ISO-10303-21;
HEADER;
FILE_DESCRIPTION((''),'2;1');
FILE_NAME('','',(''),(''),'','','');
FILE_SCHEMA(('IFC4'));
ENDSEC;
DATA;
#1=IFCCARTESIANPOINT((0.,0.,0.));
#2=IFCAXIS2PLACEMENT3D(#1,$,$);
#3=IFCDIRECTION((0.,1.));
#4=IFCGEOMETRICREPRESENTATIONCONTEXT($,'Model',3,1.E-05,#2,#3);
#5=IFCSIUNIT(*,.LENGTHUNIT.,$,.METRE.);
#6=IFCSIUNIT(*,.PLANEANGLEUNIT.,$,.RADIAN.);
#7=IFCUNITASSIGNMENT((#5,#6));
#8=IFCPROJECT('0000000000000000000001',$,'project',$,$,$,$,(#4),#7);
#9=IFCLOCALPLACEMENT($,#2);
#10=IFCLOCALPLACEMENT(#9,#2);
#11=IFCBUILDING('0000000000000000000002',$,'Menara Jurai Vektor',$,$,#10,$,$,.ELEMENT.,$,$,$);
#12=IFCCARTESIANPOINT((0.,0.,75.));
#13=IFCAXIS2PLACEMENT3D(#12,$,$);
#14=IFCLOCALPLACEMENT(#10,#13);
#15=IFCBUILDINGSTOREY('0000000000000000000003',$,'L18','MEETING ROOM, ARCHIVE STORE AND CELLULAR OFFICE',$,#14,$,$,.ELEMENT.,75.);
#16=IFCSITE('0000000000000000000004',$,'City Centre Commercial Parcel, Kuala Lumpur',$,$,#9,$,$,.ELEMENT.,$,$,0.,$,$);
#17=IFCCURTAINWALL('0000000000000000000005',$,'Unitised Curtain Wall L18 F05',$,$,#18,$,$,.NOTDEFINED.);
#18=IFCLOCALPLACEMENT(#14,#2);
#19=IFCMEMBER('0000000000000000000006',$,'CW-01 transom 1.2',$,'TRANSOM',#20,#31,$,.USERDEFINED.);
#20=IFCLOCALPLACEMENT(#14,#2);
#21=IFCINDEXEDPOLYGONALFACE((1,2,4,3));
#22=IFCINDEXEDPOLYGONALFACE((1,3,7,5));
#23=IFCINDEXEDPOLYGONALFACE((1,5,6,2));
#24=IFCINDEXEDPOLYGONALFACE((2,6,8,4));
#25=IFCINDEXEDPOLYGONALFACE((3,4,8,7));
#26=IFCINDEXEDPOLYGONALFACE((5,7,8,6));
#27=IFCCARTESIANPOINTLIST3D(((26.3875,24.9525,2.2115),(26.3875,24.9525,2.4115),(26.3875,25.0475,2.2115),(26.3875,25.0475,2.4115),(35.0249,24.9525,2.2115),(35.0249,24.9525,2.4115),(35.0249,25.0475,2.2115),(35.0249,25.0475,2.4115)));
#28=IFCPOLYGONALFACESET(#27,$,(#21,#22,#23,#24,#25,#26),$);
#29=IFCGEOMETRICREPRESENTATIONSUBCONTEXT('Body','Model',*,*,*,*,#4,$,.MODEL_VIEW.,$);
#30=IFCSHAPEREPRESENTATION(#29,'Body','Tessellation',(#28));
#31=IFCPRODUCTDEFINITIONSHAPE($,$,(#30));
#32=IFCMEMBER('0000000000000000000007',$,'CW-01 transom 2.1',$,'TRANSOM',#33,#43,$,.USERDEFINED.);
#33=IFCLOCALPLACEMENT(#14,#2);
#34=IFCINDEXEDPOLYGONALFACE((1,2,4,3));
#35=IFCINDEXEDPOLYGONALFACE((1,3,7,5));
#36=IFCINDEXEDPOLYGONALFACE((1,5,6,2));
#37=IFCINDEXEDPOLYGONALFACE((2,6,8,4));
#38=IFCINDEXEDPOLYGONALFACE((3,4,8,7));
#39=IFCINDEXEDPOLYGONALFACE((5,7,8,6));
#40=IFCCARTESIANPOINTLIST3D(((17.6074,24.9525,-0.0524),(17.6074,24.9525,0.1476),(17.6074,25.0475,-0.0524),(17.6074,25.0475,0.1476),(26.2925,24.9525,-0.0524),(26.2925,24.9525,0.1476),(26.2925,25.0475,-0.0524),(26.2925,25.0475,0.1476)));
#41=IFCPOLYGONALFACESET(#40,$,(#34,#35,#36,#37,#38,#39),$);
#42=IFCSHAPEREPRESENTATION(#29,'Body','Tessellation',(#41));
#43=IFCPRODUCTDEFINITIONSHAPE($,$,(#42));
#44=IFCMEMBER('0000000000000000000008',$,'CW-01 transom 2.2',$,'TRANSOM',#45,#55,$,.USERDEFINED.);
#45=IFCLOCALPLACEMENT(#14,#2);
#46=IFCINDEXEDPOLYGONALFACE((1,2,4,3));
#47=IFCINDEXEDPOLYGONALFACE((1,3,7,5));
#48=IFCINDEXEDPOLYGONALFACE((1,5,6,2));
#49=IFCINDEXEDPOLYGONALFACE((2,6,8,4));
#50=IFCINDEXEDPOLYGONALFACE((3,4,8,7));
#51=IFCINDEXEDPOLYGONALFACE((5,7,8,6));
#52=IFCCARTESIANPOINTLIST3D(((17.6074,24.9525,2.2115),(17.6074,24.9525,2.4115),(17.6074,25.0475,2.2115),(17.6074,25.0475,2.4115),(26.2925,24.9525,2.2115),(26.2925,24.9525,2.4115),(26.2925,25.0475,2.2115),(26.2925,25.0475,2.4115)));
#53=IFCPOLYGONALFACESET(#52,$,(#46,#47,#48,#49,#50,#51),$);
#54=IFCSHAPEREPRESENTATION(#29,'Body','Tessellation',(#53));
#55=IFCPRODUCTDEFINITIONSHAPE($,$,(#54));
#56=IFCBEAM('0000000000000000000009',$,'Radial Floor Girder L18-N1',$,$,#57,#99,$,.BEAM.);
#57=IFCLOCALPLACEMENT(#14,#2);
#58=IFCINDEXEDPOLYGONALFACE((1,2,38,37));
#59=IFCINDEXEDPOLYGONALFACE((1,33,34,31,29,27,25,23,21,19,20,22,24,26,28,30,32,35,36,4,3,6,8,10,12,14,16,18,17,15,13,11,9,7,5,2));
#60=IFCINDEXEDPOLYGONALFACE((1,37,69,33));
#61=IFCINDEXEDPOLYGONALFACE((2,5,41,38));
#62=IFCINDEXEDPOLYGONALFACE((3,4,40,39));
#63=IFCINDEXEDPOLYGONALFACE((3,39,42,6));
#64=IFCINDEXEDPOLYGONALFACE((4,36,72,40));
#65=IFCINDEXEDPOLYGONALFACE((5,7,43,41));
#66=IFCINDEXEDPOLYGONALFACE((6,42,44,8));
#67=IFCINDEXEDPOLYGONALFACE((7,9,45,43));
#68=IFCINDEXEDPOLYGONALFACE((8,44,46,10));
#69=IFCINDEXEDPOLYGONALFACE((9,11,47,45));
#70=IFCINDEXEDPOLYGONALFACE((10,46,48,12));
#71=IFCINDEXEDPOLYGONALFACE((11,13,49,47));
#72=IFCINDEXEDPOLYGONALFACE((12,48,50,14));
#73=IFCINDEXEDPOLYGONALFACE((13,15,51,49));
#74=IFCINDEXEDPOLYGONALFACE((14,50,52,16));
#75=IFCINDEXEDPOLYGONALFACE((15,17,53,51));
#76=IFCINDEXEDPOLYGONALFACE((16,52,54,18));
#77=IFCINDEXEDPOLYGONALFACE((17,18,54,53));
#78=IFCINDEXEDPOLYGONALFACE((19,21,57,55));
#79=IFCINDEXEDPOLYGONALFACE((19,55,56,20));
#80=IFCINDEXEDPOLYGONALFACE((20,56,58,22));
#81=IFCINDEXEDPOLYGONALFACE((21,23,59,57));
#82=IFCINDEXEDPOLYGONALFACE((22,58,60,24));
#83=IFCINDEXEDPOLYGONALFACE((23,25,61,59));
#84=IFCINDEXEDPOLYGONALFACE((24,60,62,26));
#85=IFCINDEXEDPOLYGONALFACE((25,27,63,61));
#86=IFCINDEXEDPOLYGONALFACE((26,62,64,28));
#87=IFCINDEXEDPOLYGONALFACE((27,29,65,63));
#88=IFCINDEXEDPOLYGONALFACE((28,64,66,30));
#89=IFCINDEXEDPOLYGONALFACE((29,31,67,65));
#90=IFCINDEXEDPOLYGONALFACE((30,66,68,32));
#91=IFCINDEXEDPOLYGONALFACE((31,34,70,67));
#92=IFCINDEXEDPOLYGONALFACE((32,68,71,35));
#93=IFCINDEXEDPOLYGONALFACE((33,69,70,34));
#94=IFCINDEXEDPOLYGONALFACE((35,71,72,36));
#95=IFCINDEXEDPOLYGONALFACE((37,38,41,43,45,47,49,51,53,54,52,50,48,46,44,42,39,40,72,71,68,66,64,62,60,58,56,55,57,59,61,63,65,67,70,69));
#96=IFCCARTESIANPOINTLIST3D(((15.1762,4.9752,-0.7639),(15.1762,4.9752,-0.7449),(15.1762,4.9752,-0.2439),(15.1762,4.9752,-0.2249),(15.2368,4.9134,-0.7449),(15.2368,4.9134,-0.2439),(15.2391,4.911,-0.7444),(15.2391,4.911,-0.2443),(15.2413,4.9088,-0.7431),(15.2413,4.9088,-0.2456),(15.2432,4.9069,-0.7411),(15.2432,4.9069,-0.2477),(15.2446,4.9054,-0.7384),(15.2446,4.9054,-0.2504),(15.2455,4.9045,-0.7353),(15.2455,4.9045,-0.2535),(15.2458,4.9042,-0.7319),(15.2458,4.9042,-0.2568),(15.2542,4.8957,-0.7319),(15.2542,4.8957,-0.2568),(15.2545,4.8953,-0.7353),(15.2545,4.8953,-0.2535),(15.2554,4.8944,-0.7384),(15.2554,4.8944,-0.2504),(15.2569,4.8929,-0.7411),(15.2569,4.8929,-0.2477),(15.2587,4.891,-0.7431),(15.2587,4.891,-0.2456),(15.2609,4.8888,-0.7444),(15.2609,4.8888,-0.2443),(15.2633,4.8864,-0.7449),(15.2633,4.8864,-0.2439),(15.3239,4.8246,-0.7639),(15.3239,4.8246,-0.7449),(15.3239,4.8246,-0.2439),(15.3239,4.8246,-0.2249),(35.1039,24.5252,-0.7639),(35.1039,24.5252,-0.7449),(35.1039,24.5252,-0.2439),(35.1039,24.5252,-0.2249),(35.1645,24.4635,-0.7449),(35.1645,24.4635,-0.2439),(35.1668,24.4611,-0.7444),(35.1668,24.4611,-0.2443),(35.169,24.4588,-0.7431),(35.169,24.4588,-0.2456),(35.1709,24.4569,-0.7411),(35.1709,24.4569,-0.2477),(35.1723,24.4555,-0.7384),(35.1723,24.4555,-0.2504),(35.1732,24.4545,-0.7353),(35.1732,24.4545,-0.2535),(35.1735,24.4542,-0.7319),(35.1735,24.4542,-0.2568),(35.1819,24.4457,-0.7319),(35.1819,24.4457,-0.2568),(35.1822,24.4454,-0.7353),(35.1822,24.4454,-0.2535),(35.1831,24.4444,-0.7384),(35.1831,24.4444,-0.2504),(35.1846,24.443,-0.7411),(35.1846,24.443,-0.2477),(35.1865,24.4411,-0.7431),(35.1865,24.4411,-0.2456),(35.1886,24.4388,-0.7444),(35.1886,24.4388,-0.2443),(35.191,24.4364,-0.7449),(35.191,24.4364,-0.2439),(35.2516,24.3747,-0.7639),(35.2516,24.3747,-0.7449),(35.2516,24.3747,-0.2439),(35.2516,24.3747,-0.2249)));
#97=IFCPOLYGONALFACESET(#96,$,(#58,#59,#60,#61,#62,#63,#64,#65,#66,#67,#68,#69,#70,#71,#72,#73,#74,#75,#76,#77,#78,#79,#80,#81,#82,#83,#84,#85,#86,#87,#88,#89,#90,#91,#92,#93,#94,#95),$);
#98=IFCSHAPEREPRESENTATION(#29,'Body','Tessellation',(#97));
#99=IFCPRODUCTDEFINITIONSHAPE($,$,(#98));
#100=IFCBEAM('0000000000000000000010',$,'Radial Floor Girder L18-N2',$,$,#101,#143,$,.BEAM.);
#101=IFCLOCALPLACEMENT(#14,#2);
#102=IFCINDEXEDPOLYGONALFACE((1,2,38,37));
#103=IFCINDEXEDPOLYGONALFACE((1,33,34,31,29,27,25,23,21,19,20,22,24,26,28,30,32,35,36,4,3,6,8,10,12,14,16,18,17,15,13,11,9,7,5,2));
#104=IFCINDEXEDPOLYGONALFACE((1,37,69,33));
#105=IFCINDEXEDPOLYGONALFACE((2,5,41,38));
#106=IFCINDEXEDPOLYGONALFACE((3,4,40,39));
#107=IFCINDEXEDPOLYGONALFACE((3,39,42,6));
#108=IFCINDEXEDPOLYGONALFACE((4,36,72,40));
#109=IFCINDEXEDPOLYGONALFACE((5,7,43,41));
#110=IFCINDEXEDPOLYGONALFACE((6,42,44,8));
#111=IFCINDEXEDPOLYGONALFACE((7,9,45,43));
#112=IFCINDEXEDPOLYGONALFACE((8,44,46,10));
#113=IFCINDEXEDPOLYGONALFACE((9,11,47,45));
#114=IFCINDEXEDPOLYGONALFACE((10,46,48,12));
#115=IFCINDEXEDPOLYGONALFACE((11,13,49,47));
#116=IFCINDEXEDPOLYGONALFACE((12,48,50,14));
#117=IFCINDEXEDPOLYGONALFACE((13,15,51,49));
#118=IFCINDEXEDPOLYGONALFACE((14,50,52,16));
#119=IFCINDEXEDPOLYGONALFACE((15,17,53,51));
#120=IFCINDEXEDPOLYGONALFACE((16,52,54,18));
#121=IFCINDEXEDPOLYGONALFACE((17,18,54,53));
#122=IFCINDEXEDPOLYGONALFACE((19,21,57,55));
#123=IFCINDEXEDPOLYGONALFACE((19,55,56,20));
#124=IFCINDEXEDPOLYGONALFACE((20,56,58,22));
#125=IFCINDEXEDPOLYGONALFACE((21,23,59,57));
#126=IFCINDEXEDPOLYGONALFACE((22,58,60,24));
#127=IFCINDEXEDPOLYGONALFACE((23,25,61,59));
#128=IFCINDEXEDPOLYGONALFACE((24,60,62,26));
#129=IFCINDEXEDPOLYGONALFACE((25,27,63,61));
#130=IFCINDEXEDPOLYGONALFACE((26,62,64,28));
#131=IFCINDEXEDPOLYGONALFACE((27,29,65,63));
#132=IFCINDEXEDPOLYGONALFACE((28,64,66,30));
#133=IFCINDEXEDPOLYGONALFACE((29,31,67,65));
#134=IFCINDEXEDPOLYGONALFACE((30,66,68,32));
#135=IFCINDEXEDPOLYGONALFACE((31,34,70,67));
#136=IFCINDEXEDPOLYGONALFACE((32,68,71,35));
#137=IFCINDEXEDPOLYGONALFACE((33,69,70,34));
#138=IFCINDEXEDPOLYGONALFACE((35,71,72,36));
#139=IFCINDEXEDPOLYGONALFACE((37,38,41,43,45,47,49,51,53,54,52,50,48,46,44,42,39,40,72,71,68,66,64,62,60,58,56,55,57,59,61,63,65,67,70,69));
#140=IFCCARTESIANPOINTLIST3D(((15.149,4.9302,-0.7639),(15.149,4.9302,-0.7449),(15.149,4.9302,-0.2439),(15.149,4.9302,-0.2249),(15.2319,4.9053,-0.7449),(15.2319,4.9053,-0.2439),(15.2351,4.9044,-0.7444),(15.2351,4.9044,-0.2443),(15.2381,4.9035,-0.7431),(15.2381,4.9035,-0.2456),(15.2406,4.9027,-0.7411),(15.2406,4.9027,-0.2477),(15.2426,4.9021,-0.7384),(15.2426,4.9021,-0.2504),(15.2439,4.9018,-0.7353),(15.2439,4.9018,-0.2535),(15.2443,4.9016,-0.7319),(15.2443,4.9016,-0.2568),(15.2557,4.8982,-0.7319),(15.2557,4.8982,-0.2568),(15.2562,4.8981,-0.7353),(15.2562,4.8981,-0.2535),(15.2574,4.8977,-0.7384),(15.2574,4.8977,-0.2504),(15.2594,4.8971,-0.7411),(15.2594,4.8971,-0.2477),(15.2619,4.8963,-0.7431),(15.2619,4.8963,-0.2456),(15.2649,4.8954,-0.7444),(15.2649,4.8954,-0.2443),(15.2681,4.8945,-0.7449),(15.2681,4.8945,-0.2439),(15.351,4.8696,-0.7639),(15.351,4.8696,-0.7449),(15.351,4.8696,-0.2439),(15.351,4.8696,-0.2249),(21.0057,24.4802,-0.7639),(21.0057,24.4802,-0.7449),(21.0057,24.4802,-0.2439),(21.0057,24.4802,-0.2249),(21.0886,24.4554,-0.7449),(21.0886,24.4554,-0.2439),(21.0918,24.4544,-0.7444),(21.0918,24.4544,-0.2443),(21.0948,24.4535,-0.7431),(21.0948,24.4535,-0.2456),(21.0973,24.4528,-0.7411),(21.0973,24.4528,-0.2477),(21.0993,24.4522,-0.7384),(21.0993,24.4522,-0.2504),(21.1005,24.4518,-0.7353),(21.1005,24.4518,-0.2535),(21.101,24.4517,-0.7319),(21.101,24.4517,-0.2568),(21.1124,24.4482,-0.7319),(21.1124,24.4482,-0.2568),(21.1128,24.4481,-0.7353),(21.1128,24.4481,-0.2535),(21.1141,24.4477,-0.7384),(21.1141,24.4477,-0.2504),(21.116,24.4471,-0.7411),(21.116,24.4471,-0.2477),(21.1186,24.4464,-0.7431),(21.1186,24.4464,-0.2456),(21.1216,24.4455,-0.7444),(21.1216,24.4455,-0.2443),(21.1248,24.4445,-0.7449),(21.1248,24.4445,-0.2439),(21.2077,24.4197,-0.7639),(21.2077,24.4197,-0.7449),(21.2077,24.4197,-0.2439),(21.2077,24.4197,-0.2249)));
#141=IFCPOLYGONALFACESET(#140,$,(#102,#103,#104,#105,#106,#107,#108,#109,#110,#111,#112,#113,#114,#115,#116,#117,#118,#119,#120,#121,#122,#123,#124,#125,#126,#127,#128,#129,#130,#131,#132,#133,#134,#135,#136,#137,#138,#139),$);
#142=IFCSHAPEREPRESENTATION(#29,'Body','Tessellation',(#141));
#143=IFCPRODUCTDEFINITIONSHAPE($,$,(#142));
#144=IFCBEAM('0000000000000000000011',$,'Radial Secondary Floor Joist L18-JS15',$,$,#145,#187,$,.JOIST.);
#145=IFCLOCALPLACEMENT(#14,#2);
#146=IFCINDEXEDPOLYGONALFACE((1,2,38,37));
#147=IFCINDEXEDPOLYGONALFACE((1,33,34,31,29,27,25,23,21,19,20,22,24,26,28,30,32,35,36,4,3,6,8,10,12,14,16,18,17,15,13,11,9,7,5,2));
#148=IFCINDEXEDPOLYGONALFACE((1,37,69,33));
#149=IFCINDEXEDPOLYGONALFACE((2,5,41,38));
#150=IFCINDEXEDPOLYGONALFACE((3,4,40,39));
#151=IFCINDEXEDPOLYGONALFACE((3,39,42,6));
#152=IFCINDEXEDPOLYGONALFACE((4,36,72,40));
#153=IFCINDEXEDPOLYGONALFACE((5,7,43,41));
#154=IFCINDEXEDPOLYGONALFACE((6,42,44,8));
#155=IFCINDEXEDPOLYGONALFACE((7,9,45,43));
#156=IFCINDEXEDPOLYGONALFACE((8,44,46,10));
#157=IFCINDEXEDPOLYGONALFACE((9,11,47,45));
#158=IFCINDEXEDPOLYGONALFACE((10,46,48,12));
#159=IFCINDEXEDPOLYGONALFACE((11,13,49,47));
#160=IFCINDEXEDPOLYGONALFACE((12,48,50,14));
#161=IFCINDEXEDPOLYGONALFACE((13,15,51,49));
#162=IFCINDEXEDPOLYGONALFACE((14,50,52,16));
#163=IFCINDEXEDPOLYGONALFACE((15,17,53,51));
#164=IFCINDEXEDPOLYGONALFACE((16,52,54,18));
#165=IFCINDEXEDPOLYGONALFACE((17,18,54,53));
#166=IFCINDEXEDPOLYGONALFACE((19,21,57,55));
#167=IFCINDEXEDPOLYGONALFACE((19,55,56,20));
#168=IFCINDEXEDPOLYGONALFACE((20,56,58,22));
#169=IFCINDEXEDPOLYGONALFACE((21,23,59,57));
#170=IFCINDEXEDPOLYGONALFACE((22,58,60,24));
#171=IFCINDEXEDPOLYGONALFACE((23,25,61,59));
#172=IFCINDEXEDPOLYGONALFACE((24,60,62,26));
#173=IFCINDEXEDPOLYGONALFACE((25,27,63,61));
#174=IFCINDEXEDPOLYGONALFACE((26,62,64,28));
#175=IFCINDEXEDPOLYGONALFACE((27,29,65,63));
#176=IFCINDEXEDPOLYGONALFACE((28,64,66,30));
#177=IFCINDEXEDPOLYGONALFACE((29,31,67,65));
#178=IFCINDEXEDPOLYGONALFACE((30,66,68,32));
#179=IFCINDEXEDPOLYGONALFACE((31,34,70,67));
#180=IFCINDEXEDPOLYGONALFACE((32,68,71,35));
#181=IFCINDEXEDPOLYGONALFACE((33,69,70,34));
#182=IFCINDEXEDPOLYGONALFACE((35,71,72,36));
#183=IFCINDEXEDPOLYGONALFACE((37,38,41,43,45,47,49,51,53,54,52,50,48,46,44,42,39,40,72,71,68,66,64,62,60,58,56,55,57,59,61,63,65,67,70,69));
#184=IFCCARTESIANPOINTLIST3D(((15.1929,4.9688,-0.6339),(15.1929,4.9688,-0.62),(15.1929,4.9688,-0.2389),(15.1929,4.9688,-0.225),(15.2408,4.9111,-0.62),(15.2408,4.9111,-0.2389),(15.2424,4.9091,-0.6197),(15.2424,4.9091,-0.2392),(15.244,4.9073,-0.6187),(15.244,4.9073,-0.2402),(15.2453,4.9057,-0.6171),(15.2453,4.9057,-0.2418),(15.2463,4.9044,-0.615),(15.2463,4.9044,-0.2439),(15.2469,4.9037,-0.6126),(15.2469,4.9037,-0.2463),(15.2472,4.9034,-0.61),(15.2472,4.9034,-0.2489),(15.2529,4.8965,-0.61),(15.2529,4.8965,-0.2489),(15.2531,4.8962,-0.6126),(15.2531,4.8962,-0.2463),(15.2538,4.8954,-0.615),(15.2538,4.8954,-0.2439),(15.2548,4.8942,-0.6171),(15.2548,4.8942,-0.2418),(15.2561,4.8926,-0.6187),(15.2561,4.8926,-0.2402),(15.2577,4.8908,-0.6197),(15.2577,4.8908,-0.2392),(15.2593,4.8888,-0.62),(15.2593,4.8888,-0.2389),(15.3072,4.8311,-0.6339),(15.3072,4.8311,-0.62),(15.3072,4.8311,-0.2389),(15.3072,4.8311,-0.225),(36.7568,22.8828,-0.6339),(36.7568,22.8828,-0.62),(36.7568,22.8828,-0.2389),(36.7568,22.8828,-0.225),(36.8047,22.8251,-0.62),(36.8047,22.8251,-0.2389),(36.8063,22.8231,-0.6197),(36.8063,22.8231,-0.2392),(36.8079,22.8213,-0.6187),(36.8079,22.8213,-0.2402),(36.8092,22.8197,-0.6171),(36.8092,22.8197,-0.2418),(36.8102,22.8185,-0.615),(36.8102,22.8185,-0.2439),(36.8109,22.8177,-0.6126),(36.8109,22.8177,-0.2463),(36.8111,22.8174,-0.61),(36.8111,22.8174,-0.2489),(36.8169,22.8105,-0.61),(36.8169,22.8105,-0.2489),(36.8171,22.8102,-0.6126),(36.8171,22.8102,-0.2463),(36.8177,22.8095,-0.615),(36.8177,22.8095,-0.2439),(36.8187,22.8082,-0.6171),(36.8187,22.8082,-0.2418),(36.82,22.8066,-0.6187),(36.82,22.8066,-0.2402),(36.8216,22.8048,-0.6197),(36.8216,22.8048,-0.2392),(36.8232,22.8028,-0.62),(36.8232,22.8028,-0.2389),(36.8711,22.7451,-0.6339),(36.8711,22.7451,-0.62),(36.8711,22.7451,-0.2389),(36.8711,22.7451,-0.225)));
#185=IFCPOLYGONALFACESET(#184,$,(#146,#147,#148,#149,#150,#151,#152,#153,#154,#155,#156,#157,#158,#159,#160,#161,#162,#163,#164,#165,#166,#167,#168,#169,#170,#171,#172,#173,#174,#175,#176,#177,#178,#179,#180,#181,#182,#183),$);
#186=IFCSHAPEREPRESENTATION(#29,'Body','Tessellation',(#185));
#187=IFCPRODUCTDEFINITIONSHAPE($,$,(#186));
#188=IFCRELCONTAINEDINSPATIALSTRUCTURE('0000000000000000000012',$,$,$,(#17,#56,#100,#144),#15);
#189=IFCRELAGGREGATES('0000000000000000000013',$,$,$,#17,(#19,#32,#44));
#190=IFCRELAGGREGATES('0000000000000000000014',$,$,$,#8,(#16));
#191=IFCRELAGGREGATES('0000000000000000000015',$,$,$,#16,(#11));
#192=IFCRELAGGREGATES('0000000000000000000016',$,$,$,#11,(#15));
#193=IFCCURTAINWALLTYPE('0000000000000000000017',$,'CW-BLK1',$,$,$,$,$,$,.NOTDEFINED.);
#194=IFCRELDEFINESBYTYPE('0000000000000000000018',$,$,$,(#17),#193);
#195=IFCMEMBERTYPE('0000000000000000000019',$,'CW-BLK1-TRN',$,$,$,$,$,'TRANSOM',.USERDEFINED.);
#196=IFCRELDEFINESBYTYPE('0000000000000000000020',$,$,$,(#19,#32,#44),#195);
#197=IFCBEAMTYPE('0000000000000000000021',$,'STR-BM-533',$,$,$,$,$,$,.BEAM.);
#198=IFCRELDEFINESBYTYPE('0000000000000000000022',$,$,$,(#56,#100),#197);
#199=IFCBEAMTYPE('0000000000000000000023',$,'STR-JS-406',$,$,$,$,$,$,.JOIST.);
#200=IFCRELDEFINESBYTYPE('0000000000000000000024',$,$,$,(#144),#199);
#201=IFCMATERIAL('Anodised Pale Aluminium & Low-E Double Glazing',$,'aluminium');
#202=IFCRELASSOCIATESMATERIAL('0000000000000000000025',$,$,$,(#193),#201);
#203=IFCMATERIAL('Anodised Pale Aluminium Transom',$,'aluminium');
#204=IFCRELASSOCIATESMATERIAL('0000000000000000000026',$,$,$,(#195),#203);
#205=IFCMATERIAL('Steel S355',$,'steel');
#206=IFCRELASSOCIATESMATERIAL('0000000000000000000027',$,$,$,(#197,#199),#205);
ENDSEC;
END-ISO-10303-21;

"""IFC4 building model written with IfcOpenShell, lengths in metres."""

from ifc_helpers import new_model, si_unit, direction, frame, origin, origin_2d, place, context, subcontext, project, spatial, rectangle, i_section, extrude, material, material_profile, profile_set, type_object, element, aggregate, save


model = new_model("IFC4")

# Units and contexts
model_context = context("Model", 3, precision=1e-05, world=origin(), true_north=direction((0.0, 1.0)))
body_context = subcontext(model_context, "Body", "Model", "MODEL_VIEW")
ifc_project = project(units=[si_unit("LENGTHUNIT", "METRE"), si_unit("PLANEANGLEUNIT", "RADIAN")], contexts=[model_context])

# Site, building, storey
site_placement = place(None, origin())
site = spatial("IfcSite", under=ifc_project, at=site_placement, Name="City Centre Commercial Parcel, Kuala Lumpur", CompositionType="ELEMENT", RefElevation=0.0)
building_placement = place(site_placement, origin())
building = spatial("IfcBuilding", under=site, at=building_placement, Name="Menara Jurai Vektor", CompositionType="ELEMENT")
storey_placement = place(building_placement, frame((0.0, 0.0, 75.0)))
storey = spatial("IfcBuildingStorey", under=building, at=storey_placement, Name="L18", Description="MEETING ROOM, ARCHIVE STORE AND CELLULAR OFFICE", CompositionType="ELEMENT", Elevation=75.0)

# Curtain wall
ifc_material_1 = material(Name="Anodised Pale Aluminium & Low-E Double Glazing", Category="aluminium")
curtain_wall_type = type_object("IfcCurtainWallType", Name="CW-BLK1", PredefinedType="NOTDEFINED", material=ifc_material_1)
curtain_wall_1_placement = place(storey_placement, origin())
curtain_wall_1 = element("IfcCurtainWall", 1, at=curtain_wall_1_placement, inside=storey, type_object=curtain_wall_type, Name="Unitised Curtain Wall L18 F05", PredefinedType="NOTDEFINED")

# Members
ifc_material_2 = material(Name="Anodised Pale Aluminium Transom", Category="aluminium")
ifc_material_profile_1 = material_profile(ifc_material_2, rectangle(XDim=0.095, YDim=0.2, at=origin_2d()), Name="ALU TRN 95x200")
ifc_profile_set_1 = profile_set([ifc_material_profile_1], Name="Anodised Pale Aluminium Transom")
member_type_1 = type_object("IfcMemberType", Name="CW-BLK1-TRN", ElementType="TRANSOM", PredefinedType="USERDEFINED", material=ifc_profile_set_1)
member_1_placement = place(storey_placement, frame((35.0249, 25.0, 2.3115), z_axis=(-1.0, 0.0, 0.0), x_axis=(0.0, -1.0, 0.0)))
member_1 = element("IfcMember", 2, at=member_1_placement, type_object=member_type_1, Name="CW-01 transom 1.2", ObjectType="TRANSOM", PredefinedType="USERDEFINED", context=body_context, shape_type="SweptSolid", body=[
    extrude(rectangle(XDim=0.095, YDim=0.2, at=origin_2d()), origin(), (0.0, 0.0, 1.0), 8.6375),
])
member_2_placement = place(storey_placement, frame((26.2925, 25.0, 0.0476), z_axis=(-1.0, 0.0, 0.0), x_axis=(0.0, -1.0, 0.0)))
member_2 = element("IfcMember", 3, at=member_2_placement, type_object=member_type_1, Name="CW-01 transom 2.1", ObjectType="TRANSOM", PredefinedType="USERDEFINED", context=body_context, shape_type="SweptSolid", body=[
    extrude(rectangle(XDim=0.095, YDim=0.2, at=origin_2d()), origin(), (0.0, 0.0, 1.0), 8.6851),
])
member_3_placement = place(storey_placement, frame((26.2925, 25.0, 2.3115), z_axis=(-1.0, 0.0, 0.0), x_axis=(0.0, -1.0, 0.0)))
member_3 = element("IfcMember", 4, at=member_3_placement, type_object=member_type_1, Name="CW-01 transom 2.2", ObjectType="TRANSOM", PredefinedType="USERDEFINED", context=body_context, shape_type="SweptSolid", body=[
    extrude(rectangle(XDim=0.095, YDim=0.2, at=origin_2d()), origin(), (0.0, 0.0, 1.0), 8.6851),
])

# Beams
ifc_material_3 = material(Name="Steel S355", Category="steel")
ifc_material_profile_2 = material_profile(ifc_material_3, i_section(OverallWidth=0.2109, OverallDepth=0.5391, WebThickness=0.012, FlangeThickness=0.019, FilletRadius=0.0129, at=origin_2d()), Name="UKB 533x210x109")
ifc_profile_set_2 = profile_set([ifc_material_profile_2], Name="Steel S355")
beam_type_1 = type_object("IfcBeamType", Name="STR-BM-533", PredefinedType="BEAM", material=ifc_profile_set_2)
beam_1_placement = place(storey_placement, frame((35.1777, 24.45, -0.4944), z_axis=(-0.713839, -0.70031, 0.0), x_axis=(0.70031, -0.713839, 0.0)))
element("IfcBeam", 5, at=beam_1_placement, inside=storey, type_object=beam_type_1, Name="Radial Floor Girder L18-N1", PredefinedType="BEAM", context=body_context, shape_type="SweptSolid", body=[
    extrude(i_section(OverallWidth=0.2109, OverallDepth=0.5391, WebThickness=0.012, FlangeThickness=0.019, FilletRadius=0.0129, at=origin_2d()), origin(), (0.0, 0.0, 1.0), 27.9163),
])
beam_2_placement = place(storey_placement, frame((21.1067, 24.45, -0.4944), z_axis=(-0.286974, -0.957938, 0.0), x_axis=(0.957938, -0.286974, 0.0)))
element("IfcBeam", 6, at=beam_2_placement, inside=storey, type_object=beam_type_1, Name="Radial Floor Girder L18-N2", PredefinedType="BEAM", context=body_context, shape_type="SweptSolid", body=[
    extrude(i_section(OverallWidth=0.2109, OverallDepth=0.5391, WebThickness=0.012, FlangeThickness=0.019, FilletRadius=0.0129, at=origin_2d()), origin(), (0.0, 0.0, 1.0), 20.4084),
])
ifc_material_profile_3 = material_profile(ifc_material_3, i_section(OverallWidth=0.179, OverallDepth=0.4089, WebThickness=0.009, FlangeThickness=0.0139, FilletRadius=0.01, at=origin_2d()), Name="UKB 406x178x67")
ifc_profile_set_3 = profile_set([ifc_material_profile_3], Name="Steel S355")
beam_type_2 = type_object("IfcBeamType", Name="STR-JS-406", PredefinedType="JOIST", material=ifc_profile_set_3)
beam_3_placement = place(storey_placement, frame((36.814, 22.814, -0.4294), z_axis=(-0.769201, -0.639007, 0.0), x_axis=(0.639007, -0.769201, 0.0)))
element("IfcBeam", 7, at=beam_3_placement, inside=storey, type_object=beam_type_2, Name="Radial Secondary Floor Joist L18-JS15", PredefinedType="JOIST", context=body_context, shape_type="SweptSolid", body=[
    extrude(i_section(OverallWidth=0.179, OverallDepth=0.4089, WebThickness=0.009, FlangeThickness=0.0139, FilletRadius=0.01, at=origin_2d()), origin(), (0.0, 0.0, 1.0), 28.0342),
])

aggregate(curtain_wall_1, [member_1, member_2, member_3])

save(model, "model.ifc")
